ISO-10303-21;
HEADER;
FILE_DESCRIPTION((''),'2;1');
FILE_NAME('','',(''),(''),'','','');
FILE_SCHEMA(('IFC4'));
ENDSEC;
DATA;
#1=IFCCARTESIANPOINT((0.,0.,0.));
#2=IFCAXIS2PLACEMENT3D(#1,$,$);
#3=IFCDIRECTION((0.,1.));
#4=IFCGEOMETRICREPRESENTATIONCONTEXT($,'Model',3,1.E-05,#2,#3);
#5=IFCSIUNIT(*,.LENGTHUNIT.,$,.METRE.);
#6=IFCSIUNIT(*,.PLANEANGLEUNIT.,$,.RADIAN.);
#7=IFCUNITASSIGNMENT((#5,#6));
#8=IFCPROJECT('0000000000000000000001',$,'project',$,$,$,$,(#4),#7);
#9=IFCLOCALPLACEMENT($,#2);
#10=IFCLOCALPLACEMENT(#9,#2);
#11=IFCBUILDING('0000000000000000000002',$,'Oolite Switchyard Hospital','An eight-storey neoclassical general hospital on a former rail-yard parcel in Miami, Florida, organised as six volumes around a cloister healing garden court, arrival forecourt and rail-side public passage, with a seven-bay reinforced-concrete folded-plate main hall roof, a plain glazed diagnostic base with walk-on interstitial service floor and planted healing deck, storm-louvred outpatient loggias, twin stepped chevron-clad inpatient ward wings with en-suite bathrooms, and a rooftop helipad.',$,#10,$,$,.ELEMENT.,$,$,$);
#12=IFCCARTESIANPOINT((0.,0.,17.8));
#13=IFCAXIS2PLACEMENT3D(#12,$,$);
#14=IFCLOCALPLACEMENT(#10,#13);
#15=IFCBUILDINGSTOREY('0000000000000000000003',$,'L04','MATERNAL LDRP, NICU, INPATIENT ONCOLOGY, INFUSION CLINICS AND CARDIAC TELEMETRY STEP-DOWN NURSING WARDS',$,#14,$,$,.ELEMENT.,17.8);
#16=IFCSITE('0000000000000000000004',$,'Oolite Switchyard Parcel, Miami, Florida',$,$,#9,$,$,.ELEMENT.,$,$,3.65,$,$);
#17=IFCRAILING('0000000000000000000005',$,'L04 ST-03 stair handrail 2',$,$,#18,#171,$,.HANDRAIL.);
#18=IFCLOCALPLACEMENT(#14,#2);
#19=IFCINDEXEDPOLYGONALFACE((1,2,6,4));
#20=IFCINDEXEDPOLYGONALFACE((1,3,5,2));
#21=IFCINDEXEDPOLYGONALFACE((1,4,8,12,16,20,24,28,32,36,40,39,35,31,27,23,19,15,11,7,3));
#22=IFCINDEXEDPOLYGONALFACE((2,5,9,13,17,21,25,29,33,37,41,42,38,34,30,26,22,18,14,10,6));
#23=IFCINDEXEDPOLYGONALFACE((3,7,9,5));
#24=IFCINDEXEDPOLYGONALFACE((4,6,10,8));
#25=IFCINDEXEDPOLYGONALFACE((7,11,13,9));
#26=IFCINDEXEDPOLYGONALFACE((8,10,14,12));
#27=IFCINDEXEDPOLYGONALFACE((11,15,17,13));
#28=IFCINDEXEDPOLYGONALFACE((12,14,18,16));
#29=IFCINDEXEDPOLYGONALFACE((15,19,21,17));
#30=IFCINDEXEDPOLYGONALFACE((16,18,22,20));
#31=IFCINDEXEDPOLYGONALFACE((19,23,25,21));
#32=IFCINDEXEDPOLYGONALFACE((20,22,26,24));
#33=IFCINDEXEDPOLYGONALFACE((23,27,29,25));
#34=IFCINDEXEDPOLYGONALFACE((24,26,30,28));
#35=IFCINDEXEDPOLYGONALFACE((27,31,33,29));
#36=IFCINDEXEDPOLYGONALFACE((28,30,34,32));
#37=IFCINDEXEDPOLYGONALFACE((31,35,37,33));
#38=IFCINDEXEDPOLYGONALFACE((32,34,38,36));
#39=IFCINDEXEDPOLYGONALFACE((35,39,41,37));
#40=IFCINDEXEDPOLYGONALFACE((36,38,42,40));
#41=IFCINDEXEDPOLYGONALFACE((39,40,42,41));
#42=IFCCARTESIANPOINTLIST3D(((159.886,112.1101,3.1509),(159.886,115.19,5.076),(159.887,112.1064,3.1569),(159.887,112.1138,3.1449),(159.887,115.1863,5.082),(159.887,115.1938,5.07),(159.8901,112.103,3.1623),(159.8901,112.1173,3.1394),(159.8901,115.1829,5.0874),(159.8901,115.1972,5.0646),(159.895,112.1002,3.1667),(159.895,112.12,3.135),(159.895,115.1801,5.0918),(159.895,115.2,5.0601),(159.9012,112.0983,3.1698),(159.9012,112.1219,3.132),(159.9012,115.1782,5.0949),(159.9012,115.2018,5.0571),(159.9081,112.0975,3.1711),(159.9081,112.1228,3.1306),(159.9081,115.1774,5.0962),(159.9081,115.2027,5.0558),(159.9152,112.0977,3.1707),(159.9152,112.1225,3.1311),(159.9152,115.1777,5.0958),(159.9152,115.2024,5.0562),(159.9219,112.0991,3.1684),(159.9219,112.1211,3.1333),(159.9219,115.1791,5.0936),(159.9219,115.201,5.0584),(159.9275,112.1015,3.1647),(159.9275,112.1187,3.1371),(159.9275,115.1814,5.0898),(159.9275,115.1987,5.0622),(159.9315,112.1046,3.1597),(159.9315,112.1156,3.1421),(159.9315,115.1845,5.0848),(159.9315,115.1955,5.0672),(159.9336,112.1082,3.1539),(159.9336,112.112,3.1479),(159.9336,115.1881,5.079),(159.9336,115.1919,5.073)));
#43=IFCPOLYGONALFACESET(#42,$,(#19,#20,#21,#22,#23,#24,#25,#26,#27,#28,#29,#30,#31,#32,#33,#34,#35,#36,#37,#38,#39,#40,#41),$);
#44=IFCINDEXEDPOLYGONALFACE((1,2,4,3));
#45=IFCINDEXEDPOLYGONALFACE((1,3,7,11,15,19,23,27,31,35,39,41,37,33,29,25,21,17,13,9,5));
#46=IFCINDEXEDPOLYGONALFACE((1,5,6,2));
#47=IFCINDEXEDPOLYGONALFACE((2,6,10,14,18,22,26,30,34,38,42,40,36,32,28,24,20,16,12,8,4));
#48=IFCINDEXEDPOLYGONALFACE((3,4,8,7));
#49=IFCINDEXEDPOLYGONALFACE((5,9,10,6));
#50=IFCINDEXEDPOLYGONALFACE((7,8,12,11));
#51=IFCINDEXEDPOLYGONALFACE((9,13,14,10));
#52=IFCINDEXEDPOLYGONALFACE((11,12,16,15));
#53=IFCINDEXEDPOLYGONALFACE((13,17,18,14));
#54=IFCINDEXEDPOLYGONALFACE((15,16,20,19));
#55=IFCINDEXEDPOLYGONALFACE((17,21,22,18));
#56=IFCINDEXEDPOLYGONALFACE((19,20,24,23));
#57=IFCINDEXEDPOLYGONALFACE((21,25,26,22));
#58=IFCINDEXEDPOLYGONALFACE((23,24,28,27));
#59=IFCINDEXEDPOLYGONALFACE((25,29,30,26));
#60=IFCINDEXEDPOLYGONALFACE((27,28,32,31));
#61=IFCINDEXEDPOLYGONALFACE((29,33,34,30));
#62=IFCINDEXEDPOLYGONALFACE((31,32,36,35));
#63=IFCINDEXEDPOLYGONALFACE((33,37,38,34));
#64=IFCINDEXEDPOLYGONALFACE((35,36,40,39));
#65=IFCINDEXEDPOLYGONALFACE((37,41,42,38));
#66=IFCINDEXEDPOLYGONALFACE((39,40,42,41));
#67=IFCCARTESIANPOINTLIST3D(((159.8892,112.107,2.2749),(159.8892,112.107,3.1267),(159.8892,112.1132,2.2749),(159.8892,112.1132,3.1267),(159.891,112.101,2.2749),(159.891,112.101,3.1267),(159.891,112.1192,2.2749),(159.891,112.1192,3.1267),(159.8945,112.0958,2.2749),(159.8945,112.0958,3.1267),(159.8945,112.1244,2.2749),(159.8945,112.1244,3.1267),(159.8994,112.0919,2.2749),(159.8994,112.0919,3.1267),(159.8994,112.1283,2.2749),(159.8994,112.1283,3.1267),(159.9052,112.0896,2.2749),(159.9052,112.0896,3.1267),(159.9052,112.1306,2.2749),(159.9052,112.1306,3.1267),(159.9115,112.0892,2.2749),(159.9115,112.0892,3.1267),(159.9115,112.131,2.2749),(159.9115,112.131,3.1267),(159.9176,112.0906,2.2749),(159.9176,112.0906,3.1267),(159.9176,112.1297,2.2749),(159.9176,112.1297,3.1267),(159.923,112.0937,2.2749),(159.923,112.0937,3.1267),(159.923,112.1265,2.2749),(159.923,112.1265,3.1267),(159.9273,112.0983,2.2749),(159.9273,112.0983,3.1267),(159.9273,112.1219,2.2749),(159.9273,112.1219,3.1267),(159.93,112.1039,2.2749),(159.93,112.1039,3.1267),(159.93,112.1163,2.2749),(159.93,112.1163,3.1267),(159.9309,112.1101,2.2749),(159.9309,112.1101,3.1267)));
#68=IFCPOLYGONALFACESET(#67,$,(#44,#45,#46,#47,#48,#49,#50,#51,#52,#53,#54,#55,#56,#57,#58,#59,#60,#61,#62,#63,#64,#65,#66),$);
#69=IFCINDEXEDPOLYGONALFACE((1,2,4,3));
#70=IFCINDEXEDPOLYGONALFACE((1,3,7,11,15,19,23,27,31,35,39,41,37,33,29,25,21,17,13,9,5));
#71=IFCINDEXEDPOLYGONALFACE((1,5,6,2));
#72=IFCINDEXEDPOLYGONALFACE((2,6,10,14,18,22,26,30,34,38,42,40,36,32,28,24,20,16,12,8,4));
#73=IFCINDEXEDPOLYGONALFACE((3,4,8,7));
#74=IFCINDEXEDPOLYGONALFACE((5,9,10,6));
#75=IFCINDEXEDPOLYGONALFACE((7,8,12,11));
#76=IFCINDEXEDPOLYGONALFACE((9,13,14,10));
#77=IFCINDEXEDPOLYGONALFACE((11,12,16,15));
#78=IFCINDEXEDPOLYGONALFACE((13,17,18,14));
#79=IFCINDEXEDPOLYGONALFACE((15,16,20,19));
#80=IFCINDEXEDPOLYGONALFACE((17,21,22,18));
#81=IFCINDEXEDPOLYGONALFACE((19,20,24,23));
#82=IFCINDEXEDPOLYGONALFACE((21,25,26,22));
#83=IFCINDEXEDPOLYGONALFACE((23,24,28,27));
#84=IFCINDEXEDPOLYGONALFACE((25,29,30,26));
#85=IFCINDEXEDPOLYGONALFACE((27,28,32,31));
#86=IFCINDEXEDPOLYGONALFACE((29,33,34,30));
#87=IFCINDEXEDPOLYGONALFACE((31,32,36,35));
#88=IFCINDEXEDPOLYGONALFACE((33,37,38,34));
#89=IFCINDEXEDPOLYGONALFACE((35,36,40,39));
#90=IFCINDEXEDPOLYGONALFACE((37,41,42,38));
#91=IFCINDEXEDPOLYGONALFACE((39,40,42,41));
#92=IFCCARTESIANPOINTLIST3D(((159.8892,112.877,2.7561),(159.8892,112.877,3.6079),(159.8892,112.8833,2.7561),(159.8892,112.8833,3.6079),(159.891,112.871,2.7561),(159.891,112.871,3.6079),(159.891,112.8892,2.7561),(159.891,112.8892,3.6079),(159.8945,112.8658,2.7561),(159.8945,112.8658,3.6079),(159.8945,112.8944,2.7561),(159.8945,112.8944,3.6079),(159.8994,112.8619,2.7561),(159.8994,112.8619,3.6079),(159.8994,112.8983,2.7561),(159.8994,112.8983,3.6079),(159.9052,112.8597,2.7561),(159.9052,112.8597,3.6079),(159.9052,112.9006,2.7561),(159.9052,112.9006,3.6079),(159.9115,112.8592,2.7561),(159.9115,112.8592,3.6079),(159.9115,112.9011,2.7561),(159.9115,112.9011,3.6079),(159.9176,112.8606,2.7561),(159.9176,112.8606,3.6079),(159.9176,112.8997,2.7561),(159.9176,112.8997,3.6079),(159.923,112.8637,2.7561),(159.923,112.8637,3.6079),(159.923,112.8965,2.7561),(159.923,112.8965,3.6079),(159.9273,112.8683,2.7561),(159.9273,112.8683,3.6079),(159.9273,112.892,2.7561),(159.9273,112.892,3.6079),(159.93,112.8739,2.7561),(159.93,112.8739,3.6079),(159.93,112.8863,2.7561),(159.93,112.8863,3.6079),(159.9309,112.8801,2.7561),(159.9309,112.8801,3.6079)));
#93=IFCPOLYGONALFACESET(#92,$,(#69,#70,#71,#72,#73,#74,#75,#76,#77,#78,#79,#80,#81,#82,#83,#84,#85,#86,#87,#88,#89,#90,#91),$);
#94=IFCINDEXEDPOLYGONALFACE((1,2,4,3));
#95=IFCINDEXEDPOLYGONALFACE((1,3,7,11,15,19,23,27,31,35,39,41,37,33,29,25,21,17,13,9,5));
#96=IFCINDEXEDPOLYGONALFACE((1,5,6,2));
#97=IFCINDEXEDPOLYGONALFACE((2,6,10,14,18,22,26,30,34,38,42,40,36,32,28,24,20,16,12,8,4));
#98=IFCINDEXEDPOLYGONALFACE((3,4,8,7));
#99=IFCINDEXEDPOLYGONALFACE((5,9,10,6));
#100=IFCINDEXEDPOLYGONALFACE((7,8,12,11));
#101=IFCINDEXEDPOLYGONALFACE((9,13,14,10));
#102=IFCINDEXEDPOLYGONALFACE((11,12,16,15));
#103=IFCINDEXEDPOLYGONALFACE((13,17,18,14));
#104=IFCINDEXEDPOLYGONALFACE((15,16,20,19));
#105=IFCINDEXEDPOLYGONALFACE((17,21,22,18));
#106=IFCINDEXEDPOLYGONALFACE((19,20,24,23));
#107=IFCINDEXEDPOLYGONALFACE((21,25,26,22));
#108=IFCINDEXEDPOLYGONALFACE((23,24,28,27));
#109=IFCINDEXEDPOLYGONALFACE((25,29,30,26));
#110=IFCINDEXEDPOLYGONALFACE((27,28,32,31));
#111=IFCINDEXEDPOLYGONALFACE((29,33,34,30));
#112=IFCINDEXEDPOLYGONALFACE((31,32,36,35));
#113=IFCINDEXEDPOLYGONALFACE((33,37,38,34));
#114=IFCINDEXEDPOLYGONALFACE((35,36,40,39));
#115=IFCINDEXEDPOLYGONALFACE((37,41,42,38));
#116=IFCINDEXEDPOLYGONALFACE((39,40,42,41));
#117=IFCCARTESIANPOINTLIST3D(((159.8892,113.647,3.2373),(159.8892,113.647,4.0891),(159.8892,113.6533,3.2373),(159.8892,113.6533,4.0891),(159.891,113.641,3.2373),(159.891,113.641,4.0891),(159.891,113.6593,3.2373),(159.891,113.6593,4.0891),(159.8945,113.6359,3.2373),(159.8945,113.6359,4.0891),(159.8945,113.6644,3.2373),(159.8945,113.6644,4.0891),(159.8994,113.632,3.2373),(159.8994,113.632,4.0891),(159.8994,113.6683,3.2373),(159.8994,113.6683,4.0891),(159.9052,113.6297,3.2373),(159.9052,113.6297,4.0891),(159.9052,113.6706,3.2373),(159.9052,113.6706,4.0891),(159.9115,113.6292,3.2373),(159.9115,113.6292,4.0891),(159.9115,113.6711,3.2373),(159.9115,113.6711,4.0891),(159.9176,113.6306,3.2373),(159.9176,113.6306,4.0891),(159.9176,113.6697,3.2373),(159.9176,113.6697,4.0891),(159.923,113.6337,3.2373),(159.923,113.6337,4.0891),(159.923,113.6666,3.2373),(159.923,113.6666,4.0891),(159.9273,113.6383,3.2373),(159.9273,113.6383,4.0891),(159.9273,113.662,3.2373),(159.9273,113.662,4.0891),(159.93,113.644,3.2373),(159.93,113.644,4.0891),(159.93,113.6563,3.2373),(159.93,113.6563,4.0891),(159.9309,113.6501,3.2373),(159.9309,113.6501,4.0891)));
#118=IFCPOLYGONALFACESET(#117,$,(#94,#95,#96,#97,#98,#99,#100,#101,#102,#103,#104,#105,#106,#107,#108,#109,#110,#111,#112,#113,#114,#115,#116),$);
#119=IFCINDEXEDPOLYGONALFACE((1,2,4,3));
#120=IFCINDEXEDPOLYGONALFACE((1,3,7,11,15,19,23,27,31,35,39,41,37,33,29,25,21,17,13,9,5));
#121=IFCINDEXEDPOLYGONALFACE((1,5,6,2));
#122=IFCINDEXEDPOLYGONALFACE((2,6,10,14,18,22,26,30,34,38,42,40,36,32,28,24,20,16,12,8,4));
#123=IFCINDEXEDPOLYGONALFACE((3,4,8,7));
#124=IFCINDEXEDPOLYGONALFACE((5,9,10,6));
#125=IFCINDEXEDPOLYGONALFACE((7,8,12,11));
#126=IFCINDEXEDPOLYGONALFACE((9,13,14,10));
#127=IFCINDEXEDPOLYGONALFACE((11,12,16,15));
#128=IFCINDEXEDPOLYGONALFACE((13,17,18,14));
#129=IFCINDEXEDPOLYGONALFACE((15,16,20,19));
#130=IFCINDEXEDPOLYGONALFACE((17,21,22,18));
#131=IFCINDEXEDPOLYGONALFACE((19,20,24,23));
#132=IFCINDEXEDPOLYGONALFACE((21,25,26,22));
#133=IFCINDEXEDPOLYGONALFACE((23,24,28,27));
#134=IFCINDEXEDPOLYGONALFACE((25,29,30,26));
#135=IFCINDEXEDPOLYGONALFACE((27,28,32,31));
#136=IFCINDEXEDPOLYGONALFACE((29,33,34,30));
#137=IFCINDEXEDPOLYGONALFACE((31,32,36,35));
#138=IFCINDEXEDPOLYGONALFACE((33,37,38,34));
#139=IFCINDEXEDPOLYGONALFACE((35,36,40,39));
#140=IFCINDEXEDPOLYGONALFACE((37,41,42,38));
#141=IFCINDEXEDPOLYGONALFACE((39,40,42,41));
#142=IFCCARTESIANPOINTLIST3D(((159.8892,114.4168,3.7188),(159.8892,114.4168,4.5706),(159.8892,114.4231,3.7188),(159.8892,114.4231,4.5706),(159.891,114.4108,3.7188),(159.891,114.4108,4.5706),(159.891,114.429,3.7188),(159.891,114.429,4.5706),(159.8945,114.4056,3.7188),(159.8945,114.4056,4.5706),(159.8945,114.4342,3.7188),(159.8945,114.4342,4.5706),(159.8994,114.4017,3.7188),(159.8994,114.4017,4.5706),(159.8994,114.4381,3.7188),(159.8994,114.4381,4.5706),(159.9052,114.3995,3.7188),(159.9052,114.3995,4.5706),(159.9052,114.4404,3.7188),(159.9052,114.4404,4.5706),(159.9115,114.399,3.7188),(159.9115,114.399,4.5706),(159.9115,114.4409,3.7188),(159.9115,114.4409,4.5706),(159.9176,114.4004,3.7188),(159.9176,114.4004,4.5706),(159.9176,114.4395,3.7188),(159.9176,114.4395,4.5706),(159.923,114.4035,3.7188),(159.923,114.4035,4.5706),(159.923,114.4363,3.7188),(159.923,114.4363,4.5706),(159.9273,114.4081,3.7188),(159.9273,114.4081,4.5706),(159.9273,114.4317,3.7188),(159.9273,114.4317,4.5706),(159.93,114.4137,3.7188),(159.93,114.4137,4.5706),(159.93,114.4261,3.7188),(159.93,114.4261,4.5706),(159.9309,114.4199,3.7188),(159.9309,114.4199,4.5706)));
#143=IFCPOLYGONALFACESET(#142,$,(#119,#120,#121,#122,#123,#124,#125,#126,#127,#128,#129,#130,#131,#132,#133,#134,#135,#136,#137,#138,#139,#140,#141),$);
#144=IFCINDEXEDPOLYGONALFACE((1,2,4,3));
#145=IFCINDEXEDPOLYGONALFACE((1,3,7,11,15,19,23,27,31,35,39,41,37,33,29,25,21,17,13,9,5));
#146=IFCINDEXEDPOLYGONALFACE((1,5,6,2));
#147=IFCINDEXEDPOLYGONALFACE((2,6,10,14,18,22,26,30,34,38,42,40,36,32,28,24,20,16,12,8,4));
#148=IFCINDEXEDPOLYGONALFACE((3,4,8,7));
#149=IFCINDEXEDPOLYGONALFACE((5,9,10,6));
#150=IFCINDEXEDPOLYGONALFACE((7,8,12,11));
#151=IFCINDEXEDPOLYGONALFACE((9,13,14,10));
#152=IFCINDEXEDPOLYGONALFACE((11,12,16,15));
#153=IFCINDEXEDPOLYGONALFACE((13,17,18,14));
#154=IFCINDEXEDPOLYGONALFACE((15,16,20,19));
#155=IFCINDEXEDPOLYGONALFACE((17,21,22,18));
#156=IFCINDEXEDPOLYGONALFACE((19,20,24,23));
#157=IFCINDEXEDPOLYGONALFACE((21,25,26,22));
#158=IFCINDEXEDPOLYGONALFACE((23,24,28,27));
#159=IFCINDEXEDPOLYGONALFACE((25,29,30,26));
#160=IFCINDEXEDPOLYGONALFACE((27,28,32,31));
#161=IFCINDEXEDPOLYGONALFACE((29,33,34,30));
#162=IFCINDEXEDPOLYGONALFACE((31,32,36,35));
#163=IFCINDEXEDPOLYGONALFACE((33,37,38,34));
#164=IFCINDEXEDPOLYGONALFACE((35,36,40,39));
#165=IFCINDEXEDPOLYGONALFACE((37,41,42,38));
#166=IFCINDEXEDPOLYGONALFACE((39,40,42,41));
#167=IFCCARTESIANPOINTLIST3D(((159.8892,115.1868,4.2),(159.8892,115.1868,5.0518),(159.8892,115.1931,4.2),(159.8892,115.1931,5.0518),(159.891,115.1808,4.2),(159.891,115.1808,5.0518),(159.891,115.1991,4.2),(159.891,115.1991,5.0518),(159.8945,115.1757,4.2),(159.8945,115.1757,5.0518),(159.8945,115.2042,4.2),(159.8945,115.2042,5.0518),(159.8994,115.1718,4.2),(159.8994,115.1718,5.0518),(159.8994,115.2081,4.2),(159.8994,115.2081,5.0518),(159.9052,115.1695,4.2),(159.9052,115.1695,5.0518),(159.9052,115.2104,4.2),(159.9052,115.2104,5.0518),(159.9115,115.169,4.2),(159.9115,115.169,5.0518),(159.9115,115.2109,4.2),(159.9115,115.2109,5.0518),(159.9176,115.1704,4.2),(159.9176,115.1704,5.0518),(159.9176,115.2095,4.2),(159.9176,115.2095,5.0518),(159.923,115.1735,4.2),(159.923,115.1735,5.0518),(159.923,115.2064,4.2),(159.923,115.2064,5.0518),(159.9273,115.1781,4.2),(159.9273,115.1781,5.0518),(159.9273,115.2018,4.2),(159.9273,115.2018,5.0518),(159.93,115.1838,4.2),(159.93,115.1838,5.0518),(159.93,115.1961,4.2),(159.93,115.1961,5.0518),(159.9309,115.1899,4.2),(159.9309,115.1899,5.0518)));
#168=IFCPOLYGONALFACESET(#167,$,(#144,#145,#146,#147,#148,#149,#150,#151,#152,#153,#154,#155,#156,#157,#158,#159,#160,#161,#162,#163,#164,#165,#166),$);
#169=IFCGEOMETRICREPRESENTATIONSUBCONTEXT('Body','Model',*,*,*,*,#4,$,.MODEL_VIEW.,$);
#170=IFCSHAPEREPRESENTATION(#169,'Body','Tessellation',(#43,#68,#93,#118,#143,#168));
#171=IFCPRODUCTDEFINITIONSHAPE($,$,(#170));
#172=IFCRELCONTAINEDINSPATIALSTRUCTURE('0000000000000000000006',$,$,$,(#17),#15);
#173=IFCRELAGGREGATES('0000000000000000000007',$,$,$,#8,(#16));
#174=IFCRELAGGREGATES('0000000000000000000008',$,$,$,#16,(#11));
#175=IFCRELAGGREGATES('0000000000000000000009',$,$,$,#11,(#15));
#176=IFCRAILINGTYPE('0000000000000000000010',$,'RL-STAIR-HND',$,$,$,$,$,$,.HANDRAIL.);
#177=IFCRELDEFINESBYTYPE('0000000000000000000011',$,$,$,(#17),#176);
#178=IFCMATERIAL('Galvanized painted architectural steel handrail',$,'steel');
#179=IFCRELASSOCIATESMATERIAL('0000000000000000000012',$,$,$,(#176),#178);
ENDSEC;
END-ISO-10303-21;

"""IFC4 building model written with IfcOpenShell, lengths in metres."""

from ifc_helpers import new_model, si_unit, direction, frame, origin, origin_2d, place, context, subcontext, project, spatial, circle, extrude, material, type_object, element, save


model = new_model("IFC4")

# Units and contexts
model_context = context("Model", 3, precision=1e-05, world=origin(), true_north=direction((0.0, 1.0)))
body_context = subcontext(model_context, "Body", "Model", "MODEL_VIEW")
ifc_project = project(units=[si_unit("LENGTHUNIT", "METRE"), si_unit("PLANEANGLEUNIT", "RADIAN")], contexts=[model_context])

# Site, building, storey
site_placement = place(None, origin())
site = spatial("IfcSite", under=ifc_project, at=site_placement, Name="Oolite Switchyard Parcel, Miami, Florida", CompositionType="ELEMENT", RefElevation=3.65)
building_placement = place(site_placement, origin())
building = spatial("IfcBuilding", under=site, at=building_placement, Name="Oolite Switchyard Hospital", Description="An eight-storey neoclassical general hospital on a former rail-yard parcel in Miami, Florida, organised as six volumes around a cloister healing garden court, arrival forecourt and rail-side public passage, with a seven-bay reinforced-concrete folded-plate main hall roof, a plain glazed diagnostic base with walk-on interstitial service floor and planted healing deck, storm-louvred outpatient loggias, twin stepped chevron-clad inpatient ward wings with en-suite bathrooms, and a rooftop helipad.", CompositionType="ELEMENT")
storey_placement = place(building_placement, frame((0.0, 0.0, 17.8)))
storey = spatial("IfcBuildingStorey", under=building, at=storey_placement, Name="L04", Description="MATERNAL LDRP, NICU, INPATIENT ONCOLOGY, INFUSION CLINICS AND CARDIAC TELEMETRY STEP-DOWN NURSING WARDS", CompositionType="ELEMENT", Elevation=17.8)

# Railing
ifc_material_1 = material(Name="Galvanized painted architectural steel handrail", Category="steel")
railing_type_1 = type_object("IfcRailingType", Name="RL-STAIR-HND", PredefinedType="HANDRAIL", material=ifc_material_1)
railing_1_placement = place(storey_placement, frame((159.9099, 112.1101, 2.2749)))
element("IfcRailing", 1, at=railing_1_placement, inside=storey, type_object=railing_type_1, Name="L04 ST-03 stair handrail 2", PredefinedType="HANDRAIL", context=body_context, shape_type="SweptSolid", body=[
    extrude(circle(Radius=0.0239, at=origin_2d()), frame((0.0, 0.0, 0.876), z_axis=(0.0, 0.847979, 0.530029), x_axis=(-1.0, 0.0, 0.0)), (0.0, 0.0, 1.0), 3.6321),
    extrude(circle(Radius=0.021, at=origin_2d()), origin(), (0.0, 0.0, 1.0), 0.8518),
    extrude(circle(Radius=0.021, at=origin_2d()), frame((0.0, 0.77, 0.4812)), (0.0, 0.0, 1.0), 0.8518),
    extrude(circle(Radius=0.021, at=origin_2d()), frame((0.0, 1.54, 0.9624)), (0.0, 0.0, 1.0), 0.8518),
    extrude(circle(Radius=0.021, at=origin_2d()), frame((0.0, 2.3098, 1.4438)), (0.0, 0.0, 1.0), 0.8518),
    extrude(circle(Radius=0.021, at=origin_2d()), frame((0.0, 3.0798, 1.925)), (0.0, 0.0, 1.0), 0.8518),
])

save(model, "model.ifc")
